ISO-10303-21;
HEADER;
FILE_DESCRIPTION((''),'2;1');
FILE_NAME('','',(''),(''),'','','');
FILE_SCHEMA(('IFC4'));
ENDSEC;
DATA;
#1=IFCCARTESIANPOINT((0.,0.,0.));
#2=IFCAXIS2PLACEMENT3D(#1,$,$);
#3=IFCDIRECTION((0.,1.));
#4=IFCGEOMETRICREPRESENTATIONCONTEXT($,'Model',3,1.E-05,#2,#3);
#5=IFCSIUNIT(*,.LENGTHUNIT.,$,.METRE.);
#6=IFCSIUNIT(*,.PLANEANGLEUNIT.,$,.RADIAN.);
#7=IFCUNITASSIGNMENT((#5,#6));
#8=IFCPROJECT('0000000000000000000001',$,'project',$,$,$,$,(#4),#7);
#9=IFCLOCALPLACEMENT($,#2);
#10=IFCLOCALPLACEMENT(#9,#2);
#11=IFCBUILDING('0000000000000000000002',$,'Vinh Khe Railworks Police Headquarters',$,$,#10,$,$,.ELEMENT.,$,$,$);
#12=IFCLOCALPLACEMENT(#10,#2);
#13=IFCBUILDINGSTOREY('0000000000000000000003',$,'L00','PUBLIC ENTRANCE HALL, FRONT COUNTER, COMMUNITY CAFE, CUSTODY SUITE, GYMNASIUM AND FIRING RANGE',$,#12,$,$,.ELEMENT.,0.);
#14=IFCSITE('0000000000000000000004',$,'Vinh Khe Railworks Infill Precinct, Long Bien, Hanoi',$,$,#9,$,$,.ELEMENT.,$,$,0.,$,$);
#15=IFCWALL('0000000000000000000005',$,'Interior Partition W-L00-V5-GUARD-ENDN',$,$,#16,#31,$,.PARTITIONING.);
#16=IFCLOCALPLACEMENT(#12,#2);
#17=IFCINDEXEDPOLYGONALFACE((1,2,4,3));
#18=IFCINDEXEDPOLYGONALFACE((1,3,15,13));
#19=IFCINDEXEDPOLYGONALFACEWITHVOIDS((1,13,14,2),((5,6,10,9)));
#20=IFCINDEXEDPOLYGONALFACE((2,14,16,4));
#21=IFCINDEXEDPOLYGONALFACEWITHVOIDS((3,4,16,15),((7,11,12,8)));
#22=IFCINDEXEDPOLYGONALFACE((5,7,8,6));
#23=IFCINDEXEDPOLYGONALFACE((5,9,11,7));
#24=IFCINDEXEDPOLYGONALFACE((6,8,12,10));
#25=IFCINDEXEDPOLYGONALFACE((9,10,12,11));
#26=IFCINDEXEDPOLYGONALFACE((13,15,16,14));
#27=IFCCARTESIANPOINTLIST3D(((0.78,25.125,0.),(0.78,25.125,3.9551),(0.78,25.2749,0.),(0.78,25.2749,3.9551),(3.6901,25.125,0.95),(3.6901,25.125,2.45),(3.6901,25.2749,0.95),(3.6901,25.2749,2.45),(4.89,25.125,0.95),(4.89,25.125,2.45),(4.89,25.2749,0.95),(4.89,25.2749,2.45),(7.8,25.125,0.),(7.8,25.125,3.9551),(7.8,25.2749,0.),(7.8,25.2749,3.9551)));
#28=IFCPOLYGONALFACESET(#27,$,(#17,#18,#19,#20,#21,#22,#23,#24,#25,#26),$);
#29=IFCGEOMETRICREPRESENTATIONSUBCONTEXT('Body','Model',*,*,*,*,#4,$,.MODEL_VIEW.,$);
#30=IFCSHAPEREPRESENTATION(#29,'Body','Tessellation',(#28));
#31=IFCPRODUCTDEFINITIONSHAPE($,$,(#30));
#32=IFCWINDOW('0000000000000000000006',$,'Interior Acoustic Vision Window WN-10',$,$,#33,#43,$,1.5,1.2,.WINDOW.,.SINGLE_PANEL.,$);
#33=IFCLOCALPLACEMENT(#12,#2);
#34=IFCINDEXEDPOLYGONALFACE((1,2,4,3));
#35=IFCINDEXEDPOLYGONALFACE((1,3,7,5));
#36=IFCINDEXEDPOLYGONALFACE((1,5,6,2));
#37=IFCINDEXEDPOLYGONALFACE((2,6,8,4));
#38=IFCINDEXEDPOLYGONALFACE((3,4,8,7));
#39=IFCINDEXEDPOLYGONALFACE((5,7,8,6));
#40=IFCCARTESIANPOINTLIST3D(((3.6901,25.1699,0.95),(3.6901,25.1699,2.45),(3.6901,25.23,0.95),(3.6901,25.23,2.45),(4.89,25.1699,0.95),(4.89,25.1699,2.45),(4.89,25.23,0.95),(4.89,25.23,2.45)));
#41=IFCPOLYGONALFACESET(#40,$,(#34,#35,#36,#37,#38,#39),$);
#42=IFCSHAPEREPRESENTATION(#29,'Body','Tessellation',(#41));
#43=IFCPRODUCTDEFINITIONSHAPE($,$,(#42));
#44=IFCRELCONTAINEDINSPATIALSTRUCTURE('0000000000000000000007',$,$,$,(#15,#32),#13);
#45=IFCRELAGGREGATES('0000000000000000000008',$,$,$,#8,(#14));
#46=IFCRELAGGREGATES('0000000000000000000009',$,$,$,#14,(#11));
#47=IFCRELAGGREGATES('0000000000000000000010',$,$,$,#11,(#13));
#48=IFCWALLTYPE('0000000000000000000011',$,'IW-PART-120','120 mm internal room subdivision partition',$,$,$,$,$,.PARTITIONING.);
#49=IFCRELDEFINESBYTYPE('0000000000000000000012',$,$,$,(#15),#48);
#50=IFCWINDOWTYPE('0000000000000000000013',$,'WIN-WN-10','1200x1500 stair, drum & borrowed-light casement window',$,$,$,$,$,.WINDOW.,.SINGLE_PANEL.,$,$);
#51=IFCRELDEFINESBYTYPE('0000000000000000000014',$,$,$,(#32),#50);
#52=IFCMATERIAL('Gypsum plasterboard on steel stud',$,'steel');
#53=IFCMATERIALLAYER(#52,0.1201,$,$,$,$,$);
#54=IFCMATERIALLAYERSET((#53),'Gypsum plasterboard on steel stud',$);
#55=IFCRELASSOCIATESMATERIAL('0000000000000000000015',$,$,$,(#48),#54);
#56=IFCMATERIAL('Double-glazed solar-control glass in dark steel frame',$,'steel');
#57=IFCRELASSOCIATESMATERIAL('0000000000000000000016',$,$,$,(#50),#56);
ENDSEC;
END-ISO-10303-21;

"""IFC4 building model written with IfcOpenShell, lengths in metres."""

from ifc_helpers import new_model, si_unit, direction, frame, frame_2d, origin, place, context, subcontext, project, spatial, rectangle, extrude, material, layer, layer_set, type_object, element, fill, save


model = new_model("IFC4")

# Units and contexts
model_context = context("Model", 3, precision=1e-05, world=origin(), true_north=direction((0.0, 1.0)))
body_context = subcontext(model_context, "Body", "Model", "MODEL_VIEW")
ifc_project = project(units=[si_unit("LENGTHUNIT", "METRE"), si_unit("PLANEANGLEUNIT", "RADIAN")], contexts=[model_context])

# Site, building, storey
site_placement = place(None, origin())
site = spatial("IfcSite", under=ifc_project, at=site_placement, Name="Vinh Khe Railworks Infill Precinct, Long Bien, Hanoi", CompositionType="ELEMENT", RefElevation=0.0)
building_placement = place(site_placement, origin())
building = spatial("IfcBuilding", under=site, at=building_placement, Name="Vinh Khe Railworks Police Headquarters", CompositionType="ELEMENT")
storey_placement = place(building_placement, origin())
storey = spatial("IfcBuildingStorey", under=building, at=storey_placement, Name="L00", Description="PUBLIC ENTRANCE HALL, FRONT COUNTER, COMMUNITY CAFE, CUSTODY SUITE, GYMNASIUM AND FIRING RANGE", CompositionType="ELEMENT", Elevation=0.0)

# Wall, opening, window
ifc_material_1 = material(Name="Gypsum plasterboard on steel stud", Category="steel")
ifc_layer_1 = layer(ifc_material_1, 0.1201)
ifc_layer_set_1 = layer_set([ifc_layer_1], Name="Gypsum plasterboard on steel stud")
wall_type_1 = type_object("IfcWallType", Name="IW-PART-120", Description="120 mm internal room subdivision partition", PredefinedType="PARTITIONING", material=ifc_layer_set_1)
wall_1_placement = place(storey_placement, frame((0.78, 25.2, 0.0), z_axis=(0.0, 0.0, 1.0), x_axis=(1.0, 0.0, 0.0)))
wall_1 = element("IfcWall", 1, at=wall_1_placement, inside=storey, type_object=wall_type_1, Name="Interior Partition W-L00-V5-GUARD-ENDN", PredefinedType="PARTITIONING", context=body_context, shape_type="SweptSolid", body=[
    extrude(rectangle(XDim=7.02, YDim=0.1499, at=frame_2d((3.51, 0.0))), origin(), (0.0, 0.0, 1.0), 3.9551),
])
opening_placement = place(wall_1_placement, frame((2.9099, 0.0, 0.95)))
opening = element("IfcOpeningElement", 2, at=opening_placement, cuts=wall_1, PredefinedType="OPENING", context=body_context, shape_type="SweptSolid", body=[
    extrude(rectangle(XDim=1.2, YDim=1.5, at=frame_2d((0.6001, 0.75))), frame((0.0, 0.0898, 0.0), z_axis=(0.0, -1.0, 0.0), x_axis=(1.0, 0.0, 0.0)), (0.0, 0.0, 1.0), 0.1797),
])
ifc_material_2 = material(Name="Double-glazed solar-control glass in dark steel frame", Category="steel")
window_type = type_object("IfcWindowType", Name="WIN-WN-10", Description="1200x1500 stair, drum & borrowed-light casement window", PartitioningType="SINGLE_PANEL", PredefinedType="WINDOW", material=ifc_material_2)
window_placement = place(opening_placement, origin())
window = element("IfcWindow", 3, at=window_placement, inside=storey, type_object=window_type, Name="Interior Acoustic Vision Window WN-10", OverallHeight=1.5, OverallWidth=1.2, PartitioningType="SINGLE_PANEL", PredefinedType="WINDOW", context=body_context, shape_type="SweptSolid", body=[
    extrude(rectangle(XDim=1.2, YDim=1.5, at=frame_2d((0.6001, 0.75))), frame((0.0, 0.03, 0.0), z_axis=(0.0, -1.0, 0.0), x_axis=(1.0, 0.0, 0.0)), (0.0, 0.0, 1.0), 0.0601),
])
fill(opening, window)

save(model, "model.ifc")
